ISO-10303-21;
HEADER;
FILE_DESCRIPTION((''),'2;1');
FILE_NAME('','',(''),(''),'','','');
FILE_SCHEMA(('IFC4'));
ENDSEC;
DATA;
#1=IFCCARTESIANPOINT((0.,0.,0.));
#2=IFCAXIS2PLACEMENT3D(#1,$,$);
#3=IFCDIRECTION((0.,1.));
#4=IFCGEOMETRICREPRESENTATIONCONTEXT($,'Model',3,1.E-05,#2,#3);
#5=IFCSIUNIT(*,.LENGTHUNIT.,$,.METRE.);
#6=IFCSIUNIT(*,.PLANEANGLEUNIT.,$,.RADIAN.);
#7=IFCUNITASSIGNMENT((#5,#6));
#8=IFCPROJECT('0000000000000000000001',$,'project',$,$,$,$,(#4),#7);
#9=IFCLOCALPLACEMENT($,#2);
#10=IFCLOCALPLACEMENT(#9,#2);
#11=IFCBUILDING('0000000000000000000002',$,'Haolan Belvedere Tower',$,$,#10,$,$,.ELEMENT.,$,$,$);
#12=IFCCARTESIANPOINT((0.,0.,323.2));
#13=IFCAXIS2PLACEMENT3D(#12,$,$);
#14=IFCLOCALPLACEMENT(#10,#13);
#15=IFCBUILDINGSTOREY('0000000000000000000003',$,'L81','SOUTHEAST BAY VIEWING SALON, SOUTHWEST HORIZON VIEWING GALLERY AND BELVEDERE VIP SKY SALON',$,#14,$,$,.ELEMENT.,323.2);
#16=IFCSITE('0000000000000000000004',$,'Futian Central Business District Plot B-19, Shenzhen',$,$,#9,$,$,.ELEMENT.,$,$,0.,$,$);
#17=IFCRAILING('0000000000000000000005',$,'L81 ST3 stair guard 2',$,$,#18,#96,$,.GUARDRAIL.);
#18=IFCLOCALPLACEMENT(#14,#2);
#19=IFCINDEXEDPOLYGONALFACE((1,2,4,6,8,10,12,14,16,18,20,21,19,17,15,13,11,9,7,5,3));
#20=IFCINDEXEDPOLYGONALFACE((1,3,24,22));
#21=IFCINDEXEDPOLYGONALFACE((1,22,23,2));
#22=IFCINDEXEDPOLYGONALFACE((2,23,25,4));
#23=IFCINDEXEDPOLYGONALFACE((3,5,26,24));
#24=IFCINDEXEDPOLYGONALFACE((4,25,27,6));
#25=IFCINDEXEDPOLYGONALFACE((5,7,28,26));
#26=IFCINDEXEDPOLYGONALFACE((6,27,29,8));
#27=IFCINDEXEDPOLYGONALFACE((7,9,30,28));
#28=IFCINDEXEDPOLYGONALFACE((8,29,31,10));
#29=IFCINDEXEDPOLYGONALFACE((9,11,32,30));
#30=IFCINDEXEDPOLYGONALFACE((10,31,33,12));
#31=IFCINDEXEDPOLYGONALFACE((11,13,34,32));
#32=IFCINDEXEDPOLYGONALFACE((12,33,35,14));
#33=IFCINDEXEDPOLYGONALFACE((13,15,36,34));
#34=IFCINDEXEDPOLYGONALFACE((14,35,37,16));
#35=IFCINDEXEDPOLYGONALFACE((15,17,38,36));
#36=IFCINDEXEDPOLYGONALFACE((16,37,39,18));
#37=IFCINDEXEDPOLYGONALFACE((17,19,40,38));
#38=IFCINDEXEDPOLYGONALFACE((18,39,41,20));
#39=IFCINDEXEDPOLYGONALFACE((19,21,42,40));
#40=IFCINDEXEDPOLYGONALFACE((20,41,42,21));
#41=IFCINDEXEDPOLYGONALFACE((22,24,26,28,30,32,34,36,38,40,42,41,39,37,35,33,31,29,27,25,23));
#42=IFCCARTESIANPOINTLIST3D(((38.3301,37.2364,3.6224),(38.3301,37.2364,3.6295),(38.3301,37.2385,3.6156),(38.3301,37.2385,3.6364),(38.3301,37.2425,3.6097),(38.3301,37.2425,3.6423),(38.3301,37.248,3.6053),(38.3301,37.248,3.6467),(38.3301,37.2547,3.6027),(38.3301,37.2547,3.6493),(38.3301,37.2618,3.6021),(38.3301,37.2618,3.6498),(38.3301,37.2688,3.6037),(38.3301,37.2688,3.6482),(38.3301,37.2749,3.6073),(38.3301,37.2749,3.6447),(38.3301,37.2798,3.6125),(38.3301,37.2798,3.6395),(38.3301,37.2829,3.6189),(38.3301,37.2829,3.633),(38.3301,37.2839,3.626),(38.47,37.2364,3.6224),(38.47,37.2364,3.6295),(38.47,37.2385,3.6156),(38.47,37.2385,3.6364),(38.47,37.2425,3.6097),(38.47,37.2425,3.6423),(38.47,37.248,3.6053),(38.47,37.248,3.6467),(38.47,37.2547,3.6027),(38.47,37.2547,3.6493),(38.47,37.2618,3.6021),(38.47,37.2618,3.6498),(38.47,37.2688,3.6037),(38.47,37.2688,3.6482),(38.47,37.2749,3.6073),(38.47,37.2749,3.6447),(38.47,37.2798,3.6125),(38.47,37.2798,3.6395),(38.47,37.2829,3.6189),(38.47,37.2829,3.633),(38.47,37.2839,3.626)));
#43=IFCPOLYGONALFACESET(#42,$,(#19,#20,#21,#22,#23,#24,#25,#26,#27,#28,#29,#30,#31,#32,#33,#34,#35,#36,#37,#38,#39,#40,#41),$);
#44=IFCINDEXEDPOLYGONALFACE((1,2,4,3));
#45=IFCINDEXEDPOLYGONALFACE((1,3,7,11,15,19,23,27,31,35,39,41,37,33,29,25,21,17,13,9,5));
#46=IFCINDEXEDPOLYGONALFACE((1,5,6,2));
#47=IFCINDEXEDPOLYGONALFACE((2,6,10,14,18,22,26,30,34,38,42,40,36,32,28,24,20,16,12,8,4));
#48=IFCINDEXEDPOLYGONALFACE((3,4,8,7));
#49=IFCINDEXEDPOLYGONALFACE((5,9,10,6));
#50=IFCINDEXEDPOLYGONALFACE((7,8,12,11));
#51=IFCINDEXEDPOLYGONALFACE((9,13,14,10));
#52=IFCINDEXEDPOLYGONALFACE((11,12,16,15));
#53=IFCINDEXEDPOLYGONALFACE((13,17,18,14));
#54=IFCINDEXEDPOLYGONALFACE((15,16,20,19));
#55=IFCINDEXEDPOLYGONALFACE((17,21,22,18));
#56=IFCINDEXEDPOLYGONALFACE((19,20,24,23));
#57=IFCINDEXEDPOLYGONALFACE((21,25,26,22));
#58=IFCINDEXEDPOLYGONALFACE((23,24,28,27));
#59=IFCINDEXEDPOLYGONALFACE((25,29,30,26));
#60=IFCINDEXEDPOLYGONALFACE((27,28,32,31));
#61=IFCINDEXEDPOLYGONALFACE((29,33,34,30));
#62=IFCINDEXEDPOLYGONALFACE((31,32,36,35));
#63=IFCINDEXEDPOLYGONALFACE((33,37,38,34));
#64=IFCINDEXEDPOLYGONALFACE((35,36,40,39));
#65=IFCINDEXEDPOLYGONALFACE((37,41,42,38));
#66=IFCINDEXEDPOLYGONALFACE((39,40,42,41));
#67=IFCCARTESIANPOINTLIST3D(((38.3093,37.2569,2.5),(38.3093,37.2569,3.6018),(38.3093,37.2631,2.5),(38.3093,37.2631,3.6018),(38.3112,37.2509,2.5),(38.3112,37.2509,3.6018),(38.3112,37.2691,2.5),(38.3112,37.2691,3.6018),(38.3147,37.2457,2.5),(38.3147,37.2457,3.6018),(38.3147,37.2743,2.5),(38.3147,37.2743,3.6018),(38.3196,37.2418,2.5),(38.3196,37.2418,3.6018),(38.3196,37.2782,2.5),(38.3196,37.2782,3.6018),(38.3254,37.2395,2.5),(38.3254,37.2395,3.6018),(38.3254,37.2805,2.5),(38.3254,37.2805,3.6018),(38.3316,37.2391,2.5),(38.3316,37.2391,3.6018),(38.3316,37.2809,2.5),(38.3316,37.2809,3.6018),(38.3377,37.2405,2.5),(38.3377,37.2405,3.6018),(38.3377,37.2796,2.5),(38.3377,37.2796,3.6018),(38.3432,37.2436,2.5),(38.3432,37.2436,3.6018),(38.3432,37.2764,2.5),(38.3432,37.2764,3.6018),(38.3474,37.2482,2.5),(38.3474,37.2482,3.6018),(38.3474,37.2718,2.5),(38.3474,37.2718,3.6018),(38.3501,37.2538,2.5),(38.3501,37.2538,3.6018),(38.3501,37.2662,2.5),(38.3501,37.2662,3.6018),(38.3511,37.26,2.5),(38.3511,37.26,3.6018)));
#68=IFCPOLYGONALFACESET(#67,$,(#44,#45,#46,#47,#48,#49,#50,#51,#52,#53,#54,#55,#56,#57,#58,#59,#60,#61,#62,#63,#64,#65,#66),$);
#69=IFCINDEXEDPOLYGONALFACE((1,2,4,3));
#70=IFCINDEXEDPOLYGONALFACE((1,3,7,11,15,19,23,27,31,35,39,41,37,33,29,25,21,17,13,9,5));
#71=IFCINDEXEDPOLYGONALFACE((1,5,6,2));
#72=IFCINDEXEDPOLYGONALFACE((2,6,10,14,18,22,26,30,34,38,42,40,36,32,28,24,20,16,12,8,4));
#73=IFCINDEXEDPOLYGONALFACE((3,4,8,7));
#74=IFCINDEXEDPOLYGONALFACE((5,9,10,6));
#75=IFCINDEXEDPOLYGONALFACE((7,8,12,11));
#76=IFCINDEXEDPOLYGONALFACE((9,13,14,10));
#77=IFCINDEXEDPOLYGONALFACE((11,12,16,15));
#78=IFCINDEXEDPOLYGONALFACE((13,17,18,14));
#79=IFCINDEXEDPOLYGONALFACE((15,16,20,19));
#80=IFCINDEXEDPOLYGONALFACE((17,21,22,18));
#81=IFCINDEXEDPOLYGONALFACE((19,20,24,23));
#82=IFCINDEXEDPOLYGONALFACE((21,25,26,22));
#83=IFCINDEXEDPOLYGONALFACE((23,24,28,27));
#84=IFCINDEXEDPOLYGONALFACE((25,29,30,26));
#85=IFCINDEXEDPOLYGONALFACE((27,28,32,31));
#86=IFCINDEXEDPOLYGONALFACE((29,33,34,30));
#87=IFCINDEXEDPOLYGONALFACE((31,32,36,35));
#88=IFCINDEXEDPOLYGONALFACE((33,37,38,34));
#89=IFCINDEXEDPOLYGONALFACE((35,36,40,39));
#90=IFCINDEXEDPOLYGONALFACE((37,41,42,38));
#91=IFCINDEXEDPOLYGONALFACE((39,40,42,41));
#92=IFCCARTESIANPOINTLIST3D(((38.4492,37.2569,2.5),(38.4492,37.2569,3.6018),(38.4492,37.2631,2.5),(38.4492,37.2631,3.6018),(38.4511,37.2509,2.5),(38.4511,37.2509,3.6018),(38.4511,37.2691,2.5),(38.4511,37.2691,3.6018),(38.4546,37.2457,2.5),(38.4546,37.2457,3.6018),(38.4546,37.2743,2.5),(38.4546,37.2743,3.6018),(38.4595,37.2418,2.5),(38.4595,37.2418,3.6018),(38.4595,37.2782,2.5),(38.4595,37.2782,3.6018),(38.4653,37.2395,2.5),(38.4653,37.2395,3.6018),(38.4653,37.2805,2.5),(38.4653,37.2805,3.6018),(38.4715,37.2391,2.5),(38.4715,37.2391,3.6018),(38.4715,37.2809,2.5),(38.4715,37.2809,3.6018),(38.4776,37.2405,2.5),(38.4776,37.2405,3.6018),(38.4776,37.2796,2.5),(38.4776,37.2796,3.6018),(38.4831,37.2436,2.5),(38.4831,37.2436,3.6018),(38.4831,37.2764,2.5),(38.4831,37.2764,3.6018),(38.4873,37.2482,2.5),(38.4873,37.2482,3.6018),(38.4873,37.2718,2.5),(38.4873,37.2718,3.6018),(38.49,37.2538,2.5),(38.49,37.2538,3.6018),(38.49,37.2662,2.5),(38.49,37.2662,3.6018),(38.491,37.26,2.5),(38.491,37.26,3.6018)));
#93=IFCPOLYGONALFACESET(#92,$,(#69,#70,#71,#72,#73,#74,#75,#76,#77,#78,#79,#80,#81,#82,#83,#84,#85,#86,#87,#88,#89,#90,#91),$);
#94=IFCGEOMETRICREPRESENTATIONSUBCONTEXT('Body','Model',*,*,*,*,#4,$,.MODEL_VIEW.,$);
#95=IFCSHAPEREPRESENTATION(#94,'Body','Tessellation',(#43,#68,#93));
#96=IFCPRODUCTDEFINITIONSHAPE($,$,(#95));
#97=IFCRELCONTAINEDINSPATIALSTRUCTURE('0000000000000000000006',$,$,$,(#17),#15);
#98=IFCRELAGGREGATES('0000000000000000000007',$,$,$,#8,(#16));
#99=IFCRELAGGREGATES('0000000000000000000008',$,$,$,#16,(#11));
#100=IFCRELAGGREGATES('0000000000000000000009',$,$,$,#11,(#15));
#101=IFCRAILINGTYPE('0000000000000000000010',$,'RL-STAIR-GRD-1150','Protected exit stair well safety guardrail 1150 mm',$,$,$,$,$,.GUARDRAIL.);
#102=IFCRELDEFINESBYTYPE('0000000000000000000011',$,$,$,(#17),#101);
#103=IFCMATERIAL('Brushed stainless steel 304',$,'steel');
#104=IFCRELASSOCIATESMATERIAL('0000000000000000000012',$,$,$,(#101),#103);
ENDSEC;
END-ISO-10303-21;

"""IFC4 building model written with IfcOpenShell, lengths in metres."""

from ifc_helpers import new_model, si_unit, direction, frame, origin, origin_2d, place, context, subcontext, project, spatial, circle, extrude, material, type_object, element, save


model = new_model("IFC4")

# Units and contexts
model_context = context("Model", 3, precision=1e-05, world=origin(), true_north=direction((0.0, 1.0)))
body_context = subcontext(model_context, "Body", "Model", "MODEL_VIEW")
ifc_project = project(units=[si_unit("LENGTHUNIT", "METRE"), si_unit("PLANEANGLEUNIT", "RADIAN")], contexts=[model_context])

# Site, building, storey
site_placement = place(None, origin())
site = spatial("IfcSite", under=ifc_project, at=site_placement, Name="Futian Central Business District Plot B-19, Shenzhen", CompositionType="ELEMENT", RefElevation=0.0)
building_placement = place(site_placement, origin())
building = spatial("IfcBuilding", under=site, at=building_placement, Name="Haolan Belvedere Tower", CompositionType="ELEMENT")
storey_placement = place(building_placement, frame((0.0, 0.0, 323.2)))
storey = spatial("IfcBuildingStorey", under=building, at=storey_placement, Name="L81", Description="SOUTHEAST BAY VIEWING SALON, SOUTHWEST HORIZON VIEWING GALLERY AND BELVEDERE VIP SKY SALON", CompositionType="ELEMENT", Elevation=323.2)

# Railing
ifc_material_1 = material(Name="Brushed stainless steel 304", Category="steel")
railing_type_1 = type_object("IfcRailingType", Name="RL-STAIR-GRD-1150", Description="Protected exit stair well safety guardrail 1150 mm", PredefinedType="GUARDRAIL", material=ifc_material_1)
railing_1_placement = place(storey_placement, frame((38.3301, 37.26, 2.5)))
element("IfcRailing", 1, at=railing_1_placement, inside=storey, type_object=railing_type_1, Name="L81 ST3 stair guard 2", PredefinedType="GUARDRAIL", context=body_context, shape_type="SweptSolid", body=[
    extrude(circle(Radius=0.0239, at=origin_2d()), frame((0.0, 0.0, 1.126), z_axis=(1.0, 0.0, 0.0), x_axis=(0.0, 1.0, 0.0)), (0.0, 0.0, 1.0), 0.1399),
    extrude(circle(Radius=0.021, at=origin_2d()), origin(), (0.0, 0.0, 1.0), 1.1018),
    extrude(circle(Radius=0.021, at=origin_2d()), frame((0.1399, 0.0, 0.0)), (0.0, 0.0, 1.0), 1.1018),
])

save(model, "model.ifc")
